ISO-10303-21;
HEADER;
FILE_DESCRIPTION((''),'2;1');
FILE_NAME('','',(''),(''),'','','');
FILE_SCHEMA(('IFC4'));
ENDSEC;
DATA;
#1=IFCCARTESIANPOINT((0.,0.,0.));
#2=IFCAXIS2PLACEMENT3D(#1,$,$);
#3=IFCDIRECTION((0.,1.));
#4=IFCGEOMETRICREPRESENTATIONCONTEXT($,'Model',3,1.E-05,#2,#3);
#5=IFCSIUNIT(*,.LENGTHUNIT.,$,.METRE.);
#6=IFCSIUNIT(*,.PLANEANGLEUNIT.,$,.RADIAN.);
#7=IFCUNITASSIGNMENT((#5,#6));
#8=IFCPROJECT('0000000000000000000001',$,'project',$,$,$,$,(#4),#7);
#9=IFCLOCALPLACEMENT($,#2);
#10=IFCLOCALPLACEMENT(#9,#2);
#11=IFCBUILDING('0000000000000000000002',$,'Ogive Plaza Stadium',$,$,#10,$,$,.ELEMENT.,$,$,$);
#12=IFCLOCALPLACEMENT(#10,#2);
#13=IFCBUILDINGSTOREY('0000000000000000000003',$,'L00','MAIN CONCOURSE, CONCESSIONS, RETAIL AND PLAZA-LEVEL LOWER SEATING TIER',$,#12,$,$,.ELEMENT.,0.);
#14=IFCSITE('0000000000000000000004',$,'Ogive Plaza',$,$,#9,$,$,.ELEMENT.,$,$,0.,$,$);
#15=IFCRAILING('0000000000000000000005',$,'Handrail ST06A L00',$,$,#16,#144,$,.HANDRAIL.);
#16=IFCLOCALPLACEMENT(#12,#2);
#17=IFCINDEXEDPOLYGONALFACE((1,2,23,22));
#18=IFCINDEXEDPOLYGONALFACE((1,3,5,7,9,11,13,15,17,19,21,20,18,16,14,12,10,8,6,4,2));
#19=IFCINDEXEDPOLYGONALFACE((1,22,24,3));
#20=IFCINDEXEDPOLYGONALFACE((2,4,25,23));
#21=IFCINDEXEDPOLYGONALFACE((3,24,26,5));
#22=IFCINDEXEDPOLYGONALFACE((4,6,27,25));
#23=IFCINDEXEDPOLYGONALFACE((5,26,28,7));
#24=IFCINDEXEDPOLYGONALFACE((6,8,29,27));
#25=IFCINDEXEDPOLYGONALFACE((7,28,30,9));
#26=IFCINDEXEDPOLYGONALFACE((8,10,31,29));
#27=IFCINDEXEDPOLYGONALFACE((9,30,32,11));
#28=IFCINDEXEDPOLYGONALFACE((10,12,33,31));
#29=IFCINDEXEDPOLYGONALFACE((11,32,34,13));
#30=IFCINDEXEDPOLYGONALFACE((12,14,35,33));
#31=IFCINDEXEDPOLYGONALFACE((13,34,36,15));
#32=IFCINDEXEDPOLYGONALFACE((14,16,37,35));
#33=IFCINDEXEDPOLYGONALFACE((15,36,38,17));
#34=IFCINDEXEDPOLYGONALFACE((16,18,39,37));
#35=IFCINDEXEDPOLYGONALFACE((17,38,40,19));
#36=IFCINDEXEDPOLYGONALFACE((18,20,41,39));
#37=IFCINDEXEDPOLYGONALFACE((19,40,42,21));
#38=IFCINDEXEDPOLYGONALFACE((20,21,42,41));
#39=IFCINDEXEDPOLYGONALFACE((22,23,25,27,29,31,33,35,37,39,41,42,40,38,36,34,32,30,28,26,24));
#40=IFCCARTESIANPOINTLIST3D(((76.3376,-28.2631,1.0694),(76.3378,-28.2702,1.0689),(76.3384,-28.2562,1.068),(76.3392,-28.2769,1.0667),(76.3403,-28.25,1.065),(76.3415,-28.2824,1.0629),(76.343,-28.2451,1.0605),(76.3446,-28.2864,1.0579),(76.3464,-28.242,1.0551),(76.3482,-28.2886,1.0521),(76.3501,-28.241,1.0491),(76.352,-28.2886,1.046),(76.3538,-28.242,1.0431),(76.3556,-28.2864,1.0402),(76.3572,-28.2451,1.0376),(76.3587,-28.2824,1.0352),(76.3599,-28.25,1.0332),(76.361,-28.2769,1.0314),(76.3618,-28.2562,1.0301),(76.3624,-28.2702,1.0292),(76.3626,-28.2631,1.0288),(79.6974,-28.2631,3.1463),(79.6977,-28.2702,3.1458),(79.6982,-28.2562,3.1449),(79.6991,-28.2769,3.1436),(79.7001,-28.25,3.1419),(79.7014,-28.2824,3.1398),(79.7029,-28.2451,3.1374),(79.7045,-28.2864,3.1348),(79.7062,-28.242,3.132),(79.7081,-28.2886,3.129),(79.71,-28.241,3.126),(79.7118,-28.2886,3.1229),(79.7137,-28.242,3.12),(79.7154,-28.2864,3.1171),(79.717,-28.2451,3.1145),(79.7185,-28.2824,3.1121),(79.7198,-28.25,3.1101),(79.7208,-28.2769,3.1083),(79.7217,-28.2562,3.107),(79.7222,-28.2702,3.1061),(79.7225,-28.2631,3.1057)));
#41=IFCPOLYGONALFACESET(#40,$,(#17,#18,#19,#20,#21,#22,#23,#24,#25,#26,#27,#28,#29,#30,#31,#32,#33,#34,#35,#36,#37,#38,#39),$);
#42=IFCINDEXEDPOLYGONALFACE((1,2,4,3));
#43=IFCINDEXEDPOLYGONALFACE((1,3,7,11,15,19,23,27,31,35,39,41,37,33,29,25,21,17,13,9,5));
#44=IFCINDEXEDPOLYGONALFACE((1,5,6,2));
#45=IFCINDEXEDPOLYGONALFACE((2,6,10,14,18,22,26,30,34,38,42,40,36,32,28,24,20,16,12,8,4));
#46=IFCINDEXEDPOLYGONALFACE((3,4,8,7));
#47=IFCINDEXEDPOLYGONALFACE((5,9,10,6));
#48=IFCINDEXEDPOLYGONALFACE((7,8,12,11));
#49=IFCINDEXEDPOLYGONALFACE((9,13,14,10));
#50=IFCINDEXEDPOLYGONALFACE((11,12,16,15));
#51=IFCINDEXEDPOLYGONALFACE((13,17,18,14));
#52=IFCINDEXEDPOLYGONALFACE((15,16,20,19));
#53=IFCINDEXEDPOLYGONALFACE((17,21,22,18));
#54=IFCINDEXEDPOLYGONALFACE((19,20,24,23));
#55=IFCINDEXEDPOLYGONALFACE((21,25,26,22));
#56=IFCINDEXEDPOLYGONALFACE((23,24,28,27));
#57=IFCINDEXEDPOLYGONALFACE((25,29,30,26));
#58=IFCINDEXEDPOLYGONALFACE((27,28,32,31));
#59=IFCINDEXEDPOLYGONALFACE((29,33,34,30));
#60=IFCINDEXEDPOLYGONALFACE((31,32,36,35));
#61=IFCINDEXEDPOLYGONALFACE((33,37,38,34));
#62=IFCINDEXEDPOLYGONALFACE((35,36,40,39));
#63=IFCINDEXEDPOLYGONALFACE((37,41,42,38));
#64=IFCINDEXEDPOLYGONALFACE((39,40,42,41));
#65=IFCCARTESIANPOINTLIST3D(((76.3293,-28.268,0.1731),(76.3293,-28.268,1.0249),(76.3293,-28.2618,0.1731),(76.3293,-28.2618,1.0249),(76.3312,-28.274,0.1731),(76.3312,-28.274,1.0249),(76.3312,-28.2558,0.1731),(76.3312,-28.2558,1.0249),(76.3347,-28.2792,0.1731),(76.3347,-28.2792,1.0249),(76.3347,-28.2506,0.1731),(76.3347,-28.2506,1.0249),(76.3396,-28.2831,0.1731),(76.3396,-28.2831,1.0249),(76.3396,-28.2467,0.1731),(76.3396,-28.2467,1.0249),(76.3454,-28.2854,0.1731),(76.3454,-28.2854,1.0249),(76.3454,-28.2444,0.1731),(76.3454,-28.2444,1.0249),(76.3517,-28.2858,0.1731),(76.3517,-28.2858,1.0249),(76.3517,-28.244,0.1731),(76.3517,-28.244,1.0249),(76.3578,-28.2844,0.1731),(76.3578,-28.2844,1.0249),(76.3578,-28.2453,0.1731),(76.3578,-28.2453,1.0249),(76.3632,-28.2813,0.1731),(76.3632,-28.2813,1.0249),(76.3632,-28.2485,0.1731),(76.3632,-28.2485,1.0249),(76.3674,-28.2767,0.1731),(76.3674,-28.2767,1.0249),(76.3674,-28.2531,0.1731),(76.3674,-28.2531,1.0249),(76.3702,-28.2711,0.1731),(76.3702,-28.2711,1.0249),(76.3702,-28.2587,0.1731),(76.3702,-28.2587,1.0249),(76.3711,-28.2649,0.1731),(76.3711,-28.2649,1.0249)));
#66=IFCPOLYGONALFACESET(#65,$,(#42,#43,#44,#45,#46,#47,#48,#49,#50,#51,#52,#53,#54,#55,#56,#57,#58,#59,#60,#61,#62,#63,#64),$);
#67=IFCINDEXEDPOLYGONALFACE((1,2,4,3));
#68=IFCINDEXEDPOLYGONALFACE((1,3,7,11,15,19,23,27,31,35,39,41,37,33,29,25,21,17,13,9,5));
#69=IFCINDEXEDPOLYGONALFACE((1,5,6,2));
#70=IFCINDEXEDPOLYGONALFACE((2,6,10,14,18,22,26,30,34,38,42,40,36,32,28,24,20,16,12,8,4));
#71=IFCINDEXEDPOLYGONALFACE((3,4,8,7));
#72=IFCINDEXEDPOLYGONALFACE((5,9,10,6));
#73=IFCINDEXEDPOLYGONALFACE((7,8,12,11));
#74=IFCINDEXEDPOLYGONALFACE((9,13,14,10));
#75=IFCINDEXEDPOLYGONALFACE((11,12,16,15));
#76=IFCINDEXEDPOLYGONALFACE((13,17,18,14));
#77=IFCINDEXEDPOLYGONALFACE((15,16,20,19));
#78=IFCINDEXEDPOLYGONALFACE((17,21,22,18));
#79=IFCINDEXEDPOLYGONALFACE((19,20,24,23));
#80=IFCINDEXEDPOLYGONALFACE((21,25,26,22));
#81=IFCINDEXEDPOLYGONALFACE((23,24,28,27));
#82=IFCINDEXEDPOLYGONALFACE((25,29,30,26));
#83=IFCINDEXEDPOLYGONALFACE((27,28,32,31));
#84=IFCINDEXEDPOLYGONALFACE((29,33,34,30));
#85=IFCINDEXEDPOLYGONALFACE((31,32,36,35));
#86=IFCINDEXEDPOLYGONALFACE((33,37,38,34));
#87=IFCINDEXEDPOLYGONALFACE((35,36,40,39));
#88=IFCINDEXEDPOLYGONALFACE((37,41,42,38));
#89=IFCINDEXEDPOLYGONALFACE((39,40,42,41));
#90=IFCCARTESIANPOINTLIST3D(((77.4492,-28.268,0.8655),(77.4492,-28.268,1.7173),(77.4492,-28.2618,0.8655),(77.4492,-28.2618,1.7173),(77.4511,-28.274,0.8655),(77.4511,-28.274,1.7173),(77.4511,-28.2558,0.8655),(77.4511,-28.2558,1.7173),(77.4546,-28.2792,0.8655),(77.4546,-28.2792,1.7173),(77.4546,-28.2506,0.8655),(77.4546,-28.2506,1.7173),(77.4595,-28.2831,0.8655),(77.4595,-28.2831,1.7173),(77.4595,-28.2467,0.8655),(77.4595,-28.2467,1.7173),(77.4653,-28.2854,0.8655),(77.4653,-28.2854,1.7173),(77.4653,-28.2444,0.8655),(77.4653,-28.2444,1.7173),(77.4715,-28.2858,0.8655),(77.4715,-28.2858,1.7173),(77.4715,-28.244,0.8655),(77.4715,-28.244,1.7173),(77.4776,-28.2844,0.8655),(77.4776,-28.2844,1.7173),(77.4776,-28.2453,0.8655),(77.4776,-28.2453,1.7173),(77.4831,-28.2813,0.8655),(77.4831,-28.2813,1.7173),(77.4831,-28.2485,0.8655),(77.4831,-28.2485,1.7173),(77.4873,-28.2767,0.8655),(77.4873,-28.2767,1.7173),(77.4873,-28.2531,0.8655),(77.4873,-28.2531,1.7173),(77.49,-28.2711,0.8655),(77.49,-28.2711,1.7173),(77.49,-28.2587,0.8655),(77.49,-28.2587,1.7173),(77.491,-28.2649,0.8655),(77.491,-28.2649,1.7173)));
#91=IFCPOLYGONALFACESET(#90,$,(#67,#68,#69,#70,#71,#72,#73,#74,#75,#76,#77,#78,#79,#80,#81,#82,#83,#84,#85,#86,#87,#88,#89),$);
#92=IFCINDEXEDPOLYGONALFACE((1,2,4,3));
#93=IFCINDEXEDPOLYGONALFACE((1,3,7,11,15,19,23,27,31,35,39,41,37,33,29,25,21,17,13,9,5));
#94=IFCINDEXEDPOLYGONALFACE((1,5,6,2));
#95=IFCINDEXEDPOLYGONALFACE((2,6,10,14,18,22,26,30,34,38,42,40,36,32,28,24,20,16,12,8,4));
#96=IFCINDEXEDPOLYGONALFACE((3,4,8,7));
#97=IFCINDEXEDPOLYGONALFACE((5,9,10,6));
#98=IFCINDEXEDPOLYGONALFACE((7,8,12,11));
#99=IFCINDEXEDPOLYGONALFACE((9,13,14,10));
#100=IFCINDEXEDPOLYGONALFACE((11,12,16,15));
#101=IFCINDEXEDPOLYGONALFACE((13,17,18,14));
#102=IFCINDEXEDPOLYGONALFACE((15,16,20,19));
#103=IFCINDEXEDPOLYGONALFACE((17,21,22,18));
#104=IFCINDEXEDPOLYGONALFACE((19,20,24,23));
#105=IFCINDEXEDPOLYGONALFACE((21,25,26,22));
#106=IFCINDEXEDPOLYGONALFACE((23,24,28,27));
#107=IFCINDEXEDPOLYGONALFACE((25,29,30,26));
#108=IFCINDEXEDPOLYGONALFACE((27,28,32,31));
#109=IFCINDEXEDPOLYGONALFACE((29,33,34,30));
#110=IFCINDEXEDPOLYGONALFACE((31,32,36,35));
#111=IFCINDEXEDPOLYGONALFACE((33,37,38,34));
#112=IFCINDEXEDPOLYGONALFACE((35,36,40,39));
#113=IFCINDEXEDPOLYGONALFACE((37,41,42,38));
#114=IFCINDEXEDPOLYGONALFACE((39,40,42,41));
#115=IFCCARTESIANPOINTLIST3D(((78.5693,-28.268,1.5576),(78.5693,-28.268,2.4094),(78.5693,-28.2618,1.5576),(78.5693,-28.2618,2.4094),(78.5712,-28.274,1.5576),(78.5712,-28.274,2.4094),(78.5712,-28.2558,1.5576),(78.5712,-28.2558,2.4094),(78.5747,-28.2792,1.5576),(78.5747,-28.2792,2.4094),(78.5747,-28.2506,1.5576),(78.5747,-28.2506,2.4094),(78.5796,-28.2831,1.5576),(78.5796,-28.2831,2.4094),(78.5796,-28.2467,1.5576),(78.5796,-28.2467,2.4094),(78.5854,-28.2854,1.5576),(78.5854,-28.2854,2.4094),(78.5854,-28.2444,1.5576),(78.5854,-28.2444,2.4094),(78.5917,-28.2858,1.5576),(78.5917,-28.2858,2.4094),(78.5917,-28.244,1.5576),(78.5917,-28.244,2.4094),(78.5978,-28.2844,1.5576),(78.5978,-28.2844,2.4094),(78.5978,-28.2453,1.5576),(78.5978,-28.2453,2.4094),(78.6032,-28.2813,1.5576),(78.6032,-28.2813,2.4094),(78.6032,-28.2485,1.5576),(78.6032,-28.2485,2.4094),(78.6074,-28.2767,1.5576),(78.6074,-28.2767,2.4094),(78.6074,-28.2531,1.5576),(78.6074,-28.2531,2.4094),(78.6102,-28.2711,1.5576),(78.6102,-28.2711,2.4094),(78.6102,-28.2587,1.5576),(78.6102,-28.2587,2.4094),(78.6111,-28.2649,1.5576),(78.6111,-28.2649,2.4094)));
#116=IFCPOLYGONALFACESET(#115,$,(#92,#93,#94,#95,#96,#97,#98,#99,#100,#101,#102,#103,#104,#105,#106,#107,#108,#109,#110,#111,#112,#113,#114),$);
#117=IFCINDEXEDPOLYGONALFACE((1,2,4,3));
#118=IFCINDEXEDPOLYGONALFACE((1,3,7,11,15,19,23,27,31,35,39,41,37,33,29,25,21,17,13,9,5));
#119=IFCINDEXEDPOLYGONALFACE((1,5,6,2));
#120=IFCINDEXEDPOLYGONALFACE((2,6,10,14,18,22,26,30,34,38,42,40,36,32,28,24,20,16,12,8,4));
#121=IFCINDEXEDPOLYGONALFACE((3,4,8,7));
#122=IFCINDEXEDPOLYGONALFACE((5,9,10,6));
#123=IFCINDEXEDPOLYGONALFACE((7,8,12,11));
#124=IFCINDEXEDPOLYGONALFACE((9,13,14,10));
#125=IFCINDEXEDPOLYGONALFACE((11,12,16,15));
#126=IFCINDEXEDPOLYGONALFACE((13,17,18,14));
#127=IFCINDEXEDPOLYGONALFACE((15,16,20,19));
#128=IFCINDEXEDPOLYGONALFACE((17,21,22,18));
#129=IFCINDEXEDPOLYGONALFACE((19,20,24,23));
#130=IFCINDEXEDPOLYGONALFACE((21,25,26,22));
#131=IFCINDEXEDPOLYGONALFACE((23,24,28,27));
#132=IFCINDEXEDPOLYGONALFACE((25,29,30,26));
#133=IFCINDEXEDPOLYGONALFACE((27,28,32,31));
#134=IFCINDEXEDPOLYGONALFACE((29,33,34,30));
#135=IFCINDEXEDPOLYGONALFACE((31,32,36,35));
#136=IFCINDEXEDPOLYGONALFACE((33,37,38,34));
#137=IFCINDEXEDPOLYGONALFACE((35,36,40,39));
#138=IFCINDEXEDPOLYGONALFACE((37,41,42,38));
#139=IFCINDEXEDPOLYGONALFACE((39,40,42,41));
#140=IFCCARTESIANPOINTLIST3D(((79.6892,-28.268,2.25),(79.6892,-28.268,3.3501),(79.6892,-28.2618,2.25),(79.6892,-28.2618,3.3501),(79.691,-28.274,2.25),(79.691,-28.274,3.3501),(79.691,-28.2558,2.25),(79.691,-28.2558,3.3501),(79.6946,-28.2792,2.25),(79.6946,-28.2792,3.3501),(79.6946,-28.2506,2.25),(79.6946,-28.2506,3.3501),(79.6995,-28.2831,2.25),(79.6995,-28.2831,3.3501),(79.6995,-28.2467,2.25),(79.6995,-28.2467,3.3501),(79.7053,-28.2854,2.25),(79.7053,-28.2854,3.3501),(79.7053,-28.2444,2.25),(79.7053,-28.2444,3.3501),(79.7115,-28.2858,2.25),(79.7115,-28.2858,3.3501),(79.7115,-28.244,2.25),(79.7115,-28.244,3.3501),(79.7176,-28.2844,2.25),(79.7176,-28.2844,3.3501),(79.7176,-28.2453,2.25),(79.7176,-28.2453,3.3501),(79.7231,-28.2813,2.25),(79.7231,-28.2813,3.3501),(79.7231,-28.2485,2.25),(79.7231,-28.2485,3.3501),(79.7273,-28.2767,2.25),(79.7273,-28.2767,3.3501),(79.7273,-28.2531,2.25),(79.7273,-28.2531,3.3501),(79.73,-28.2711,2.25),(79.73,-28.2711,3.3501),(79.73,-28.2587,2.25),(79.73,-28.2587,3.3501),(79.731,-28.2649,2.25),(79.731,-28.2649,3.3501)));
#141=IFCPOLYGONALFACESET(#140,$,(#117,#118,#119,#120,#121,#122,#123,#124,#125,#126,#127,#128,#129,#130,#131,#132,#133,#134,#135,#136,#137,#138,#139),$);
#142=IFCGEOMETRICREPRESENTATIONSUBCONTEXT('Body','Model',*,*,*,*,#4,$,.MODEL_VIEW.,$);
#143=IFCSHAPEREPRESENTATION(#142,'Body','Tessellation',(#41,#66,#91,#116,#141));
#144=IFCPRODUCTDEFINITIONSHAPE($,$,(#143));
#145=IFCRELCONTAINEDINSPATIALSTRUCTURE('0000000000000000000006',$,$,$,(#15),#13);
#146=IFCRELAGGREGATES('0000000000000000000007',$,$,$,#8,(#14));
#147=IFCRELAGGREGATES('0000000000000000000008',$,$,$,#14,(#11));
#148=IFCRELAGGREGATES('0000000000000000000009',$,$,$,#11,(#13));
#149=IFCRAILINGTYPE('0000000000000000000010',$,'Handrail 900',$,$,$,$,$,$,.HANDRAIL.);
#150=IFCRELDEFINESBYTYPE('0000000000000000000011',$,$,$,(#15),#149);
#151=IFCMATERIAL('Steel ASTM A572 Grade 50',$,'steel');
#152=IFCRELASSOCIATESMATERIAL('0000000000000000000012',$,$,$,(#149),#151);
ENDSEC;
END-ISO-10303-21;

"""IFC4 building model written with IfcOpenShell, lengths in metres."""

from ifc_helpers import new_model, si_unit, direction, frame, origin, origin_2d, place, context, subcontext, project, spatial, circle, extrude, material, type_object, element, save


model = new_model("IFC4")

# Units and contexts
model_context = context("Model", 3, precision=1e-05, world=origin(), true_north=direction((0.0, 1.0)))
body_context = subcontext(model_context, "Body", "Model", "MODEL_VIEW")
ifc_project = project(units=[si_unit("LENGTHUNIT", "METRE"), si_unit("PLANEANGLEUNIT", "RADIAN")], contexts=[model_context])

# Site, building, storey
site_placement = place(None, origin())
site = spatial("IfcSite", under=ifc_project, at=site_placement, Name="Ogive Plaza", CompositionType="ELEMENT", RefElevation=0.0)
building_placement = place(site_placement, origin())
building = spatial("IfcBuilding", under=site, at=building_placement, Name="Ogive Plaza Stadium", CompositionType="ELEMENT")
storey_placement = place(building_placement, origin())
storey = spatial("IfcBuildingStorey", under=building, at=storey_placement, Name="L00", Description="MAIN CONCOURSE, CONCESSIONS, RETAIL AND PLAZA-LEVEL LOWER SEATING TIER", CompositionType="ELEMENT", Elevation=0.0)

# Railing
ifc_material_1 = material(Name="Steel ASTM A572 Grade 50", Category="steel")
railing_type_1 = type_object("IfcRailingType", Name="Handrail 900", PredefinedType="HANDRAIL", material=ifc_material_1)
for number, where, name in (
    (1, (76.3501, -28.2649, 0.1731), "Handrail ST06A L00"),
):
    element("IfcRailing", number, at=place(storey_placement, frame(where)), inside=storey, type_object=railing_type_1, Name=name, PredefinedType="HANDRAIL", context=body_context, shape_type="SweptSolid", body=[
        extrude(circle(Radius=0.0239, at=origin_2d()), frame((0.0, 0.0, 0.876), z_axis=(0.850606, 0.0, 0.525803), x_axis=(0.0, 1.0, 0.0)), (0.0, 0.0, 1.0), 3.95),
        extrude(circle(Radius=0.021, at=origin_2d()), origin(), (0.0, 0.0, 1.0), 0.8518),
        extrude(circle(Radius=0.021, at=origin_2d()), frame((1.1199, 0.0, 0.6924)), (0.0, 0.0, 1.0), 0.8518),
        extrude(circle(Radius=0.021, at=origin_2d()), frame((2.24, 0.0, 1.3845)), (0.0, 0.0, 1.0), 0.8518),
        extrude(circle(Radius=0.021, at=origin_2d()), frame((3.3599, 0.0, 2.0769)), (0.0, 0.0, 1.0), 1.1001),
    ])

save(model, "model.ifc")
